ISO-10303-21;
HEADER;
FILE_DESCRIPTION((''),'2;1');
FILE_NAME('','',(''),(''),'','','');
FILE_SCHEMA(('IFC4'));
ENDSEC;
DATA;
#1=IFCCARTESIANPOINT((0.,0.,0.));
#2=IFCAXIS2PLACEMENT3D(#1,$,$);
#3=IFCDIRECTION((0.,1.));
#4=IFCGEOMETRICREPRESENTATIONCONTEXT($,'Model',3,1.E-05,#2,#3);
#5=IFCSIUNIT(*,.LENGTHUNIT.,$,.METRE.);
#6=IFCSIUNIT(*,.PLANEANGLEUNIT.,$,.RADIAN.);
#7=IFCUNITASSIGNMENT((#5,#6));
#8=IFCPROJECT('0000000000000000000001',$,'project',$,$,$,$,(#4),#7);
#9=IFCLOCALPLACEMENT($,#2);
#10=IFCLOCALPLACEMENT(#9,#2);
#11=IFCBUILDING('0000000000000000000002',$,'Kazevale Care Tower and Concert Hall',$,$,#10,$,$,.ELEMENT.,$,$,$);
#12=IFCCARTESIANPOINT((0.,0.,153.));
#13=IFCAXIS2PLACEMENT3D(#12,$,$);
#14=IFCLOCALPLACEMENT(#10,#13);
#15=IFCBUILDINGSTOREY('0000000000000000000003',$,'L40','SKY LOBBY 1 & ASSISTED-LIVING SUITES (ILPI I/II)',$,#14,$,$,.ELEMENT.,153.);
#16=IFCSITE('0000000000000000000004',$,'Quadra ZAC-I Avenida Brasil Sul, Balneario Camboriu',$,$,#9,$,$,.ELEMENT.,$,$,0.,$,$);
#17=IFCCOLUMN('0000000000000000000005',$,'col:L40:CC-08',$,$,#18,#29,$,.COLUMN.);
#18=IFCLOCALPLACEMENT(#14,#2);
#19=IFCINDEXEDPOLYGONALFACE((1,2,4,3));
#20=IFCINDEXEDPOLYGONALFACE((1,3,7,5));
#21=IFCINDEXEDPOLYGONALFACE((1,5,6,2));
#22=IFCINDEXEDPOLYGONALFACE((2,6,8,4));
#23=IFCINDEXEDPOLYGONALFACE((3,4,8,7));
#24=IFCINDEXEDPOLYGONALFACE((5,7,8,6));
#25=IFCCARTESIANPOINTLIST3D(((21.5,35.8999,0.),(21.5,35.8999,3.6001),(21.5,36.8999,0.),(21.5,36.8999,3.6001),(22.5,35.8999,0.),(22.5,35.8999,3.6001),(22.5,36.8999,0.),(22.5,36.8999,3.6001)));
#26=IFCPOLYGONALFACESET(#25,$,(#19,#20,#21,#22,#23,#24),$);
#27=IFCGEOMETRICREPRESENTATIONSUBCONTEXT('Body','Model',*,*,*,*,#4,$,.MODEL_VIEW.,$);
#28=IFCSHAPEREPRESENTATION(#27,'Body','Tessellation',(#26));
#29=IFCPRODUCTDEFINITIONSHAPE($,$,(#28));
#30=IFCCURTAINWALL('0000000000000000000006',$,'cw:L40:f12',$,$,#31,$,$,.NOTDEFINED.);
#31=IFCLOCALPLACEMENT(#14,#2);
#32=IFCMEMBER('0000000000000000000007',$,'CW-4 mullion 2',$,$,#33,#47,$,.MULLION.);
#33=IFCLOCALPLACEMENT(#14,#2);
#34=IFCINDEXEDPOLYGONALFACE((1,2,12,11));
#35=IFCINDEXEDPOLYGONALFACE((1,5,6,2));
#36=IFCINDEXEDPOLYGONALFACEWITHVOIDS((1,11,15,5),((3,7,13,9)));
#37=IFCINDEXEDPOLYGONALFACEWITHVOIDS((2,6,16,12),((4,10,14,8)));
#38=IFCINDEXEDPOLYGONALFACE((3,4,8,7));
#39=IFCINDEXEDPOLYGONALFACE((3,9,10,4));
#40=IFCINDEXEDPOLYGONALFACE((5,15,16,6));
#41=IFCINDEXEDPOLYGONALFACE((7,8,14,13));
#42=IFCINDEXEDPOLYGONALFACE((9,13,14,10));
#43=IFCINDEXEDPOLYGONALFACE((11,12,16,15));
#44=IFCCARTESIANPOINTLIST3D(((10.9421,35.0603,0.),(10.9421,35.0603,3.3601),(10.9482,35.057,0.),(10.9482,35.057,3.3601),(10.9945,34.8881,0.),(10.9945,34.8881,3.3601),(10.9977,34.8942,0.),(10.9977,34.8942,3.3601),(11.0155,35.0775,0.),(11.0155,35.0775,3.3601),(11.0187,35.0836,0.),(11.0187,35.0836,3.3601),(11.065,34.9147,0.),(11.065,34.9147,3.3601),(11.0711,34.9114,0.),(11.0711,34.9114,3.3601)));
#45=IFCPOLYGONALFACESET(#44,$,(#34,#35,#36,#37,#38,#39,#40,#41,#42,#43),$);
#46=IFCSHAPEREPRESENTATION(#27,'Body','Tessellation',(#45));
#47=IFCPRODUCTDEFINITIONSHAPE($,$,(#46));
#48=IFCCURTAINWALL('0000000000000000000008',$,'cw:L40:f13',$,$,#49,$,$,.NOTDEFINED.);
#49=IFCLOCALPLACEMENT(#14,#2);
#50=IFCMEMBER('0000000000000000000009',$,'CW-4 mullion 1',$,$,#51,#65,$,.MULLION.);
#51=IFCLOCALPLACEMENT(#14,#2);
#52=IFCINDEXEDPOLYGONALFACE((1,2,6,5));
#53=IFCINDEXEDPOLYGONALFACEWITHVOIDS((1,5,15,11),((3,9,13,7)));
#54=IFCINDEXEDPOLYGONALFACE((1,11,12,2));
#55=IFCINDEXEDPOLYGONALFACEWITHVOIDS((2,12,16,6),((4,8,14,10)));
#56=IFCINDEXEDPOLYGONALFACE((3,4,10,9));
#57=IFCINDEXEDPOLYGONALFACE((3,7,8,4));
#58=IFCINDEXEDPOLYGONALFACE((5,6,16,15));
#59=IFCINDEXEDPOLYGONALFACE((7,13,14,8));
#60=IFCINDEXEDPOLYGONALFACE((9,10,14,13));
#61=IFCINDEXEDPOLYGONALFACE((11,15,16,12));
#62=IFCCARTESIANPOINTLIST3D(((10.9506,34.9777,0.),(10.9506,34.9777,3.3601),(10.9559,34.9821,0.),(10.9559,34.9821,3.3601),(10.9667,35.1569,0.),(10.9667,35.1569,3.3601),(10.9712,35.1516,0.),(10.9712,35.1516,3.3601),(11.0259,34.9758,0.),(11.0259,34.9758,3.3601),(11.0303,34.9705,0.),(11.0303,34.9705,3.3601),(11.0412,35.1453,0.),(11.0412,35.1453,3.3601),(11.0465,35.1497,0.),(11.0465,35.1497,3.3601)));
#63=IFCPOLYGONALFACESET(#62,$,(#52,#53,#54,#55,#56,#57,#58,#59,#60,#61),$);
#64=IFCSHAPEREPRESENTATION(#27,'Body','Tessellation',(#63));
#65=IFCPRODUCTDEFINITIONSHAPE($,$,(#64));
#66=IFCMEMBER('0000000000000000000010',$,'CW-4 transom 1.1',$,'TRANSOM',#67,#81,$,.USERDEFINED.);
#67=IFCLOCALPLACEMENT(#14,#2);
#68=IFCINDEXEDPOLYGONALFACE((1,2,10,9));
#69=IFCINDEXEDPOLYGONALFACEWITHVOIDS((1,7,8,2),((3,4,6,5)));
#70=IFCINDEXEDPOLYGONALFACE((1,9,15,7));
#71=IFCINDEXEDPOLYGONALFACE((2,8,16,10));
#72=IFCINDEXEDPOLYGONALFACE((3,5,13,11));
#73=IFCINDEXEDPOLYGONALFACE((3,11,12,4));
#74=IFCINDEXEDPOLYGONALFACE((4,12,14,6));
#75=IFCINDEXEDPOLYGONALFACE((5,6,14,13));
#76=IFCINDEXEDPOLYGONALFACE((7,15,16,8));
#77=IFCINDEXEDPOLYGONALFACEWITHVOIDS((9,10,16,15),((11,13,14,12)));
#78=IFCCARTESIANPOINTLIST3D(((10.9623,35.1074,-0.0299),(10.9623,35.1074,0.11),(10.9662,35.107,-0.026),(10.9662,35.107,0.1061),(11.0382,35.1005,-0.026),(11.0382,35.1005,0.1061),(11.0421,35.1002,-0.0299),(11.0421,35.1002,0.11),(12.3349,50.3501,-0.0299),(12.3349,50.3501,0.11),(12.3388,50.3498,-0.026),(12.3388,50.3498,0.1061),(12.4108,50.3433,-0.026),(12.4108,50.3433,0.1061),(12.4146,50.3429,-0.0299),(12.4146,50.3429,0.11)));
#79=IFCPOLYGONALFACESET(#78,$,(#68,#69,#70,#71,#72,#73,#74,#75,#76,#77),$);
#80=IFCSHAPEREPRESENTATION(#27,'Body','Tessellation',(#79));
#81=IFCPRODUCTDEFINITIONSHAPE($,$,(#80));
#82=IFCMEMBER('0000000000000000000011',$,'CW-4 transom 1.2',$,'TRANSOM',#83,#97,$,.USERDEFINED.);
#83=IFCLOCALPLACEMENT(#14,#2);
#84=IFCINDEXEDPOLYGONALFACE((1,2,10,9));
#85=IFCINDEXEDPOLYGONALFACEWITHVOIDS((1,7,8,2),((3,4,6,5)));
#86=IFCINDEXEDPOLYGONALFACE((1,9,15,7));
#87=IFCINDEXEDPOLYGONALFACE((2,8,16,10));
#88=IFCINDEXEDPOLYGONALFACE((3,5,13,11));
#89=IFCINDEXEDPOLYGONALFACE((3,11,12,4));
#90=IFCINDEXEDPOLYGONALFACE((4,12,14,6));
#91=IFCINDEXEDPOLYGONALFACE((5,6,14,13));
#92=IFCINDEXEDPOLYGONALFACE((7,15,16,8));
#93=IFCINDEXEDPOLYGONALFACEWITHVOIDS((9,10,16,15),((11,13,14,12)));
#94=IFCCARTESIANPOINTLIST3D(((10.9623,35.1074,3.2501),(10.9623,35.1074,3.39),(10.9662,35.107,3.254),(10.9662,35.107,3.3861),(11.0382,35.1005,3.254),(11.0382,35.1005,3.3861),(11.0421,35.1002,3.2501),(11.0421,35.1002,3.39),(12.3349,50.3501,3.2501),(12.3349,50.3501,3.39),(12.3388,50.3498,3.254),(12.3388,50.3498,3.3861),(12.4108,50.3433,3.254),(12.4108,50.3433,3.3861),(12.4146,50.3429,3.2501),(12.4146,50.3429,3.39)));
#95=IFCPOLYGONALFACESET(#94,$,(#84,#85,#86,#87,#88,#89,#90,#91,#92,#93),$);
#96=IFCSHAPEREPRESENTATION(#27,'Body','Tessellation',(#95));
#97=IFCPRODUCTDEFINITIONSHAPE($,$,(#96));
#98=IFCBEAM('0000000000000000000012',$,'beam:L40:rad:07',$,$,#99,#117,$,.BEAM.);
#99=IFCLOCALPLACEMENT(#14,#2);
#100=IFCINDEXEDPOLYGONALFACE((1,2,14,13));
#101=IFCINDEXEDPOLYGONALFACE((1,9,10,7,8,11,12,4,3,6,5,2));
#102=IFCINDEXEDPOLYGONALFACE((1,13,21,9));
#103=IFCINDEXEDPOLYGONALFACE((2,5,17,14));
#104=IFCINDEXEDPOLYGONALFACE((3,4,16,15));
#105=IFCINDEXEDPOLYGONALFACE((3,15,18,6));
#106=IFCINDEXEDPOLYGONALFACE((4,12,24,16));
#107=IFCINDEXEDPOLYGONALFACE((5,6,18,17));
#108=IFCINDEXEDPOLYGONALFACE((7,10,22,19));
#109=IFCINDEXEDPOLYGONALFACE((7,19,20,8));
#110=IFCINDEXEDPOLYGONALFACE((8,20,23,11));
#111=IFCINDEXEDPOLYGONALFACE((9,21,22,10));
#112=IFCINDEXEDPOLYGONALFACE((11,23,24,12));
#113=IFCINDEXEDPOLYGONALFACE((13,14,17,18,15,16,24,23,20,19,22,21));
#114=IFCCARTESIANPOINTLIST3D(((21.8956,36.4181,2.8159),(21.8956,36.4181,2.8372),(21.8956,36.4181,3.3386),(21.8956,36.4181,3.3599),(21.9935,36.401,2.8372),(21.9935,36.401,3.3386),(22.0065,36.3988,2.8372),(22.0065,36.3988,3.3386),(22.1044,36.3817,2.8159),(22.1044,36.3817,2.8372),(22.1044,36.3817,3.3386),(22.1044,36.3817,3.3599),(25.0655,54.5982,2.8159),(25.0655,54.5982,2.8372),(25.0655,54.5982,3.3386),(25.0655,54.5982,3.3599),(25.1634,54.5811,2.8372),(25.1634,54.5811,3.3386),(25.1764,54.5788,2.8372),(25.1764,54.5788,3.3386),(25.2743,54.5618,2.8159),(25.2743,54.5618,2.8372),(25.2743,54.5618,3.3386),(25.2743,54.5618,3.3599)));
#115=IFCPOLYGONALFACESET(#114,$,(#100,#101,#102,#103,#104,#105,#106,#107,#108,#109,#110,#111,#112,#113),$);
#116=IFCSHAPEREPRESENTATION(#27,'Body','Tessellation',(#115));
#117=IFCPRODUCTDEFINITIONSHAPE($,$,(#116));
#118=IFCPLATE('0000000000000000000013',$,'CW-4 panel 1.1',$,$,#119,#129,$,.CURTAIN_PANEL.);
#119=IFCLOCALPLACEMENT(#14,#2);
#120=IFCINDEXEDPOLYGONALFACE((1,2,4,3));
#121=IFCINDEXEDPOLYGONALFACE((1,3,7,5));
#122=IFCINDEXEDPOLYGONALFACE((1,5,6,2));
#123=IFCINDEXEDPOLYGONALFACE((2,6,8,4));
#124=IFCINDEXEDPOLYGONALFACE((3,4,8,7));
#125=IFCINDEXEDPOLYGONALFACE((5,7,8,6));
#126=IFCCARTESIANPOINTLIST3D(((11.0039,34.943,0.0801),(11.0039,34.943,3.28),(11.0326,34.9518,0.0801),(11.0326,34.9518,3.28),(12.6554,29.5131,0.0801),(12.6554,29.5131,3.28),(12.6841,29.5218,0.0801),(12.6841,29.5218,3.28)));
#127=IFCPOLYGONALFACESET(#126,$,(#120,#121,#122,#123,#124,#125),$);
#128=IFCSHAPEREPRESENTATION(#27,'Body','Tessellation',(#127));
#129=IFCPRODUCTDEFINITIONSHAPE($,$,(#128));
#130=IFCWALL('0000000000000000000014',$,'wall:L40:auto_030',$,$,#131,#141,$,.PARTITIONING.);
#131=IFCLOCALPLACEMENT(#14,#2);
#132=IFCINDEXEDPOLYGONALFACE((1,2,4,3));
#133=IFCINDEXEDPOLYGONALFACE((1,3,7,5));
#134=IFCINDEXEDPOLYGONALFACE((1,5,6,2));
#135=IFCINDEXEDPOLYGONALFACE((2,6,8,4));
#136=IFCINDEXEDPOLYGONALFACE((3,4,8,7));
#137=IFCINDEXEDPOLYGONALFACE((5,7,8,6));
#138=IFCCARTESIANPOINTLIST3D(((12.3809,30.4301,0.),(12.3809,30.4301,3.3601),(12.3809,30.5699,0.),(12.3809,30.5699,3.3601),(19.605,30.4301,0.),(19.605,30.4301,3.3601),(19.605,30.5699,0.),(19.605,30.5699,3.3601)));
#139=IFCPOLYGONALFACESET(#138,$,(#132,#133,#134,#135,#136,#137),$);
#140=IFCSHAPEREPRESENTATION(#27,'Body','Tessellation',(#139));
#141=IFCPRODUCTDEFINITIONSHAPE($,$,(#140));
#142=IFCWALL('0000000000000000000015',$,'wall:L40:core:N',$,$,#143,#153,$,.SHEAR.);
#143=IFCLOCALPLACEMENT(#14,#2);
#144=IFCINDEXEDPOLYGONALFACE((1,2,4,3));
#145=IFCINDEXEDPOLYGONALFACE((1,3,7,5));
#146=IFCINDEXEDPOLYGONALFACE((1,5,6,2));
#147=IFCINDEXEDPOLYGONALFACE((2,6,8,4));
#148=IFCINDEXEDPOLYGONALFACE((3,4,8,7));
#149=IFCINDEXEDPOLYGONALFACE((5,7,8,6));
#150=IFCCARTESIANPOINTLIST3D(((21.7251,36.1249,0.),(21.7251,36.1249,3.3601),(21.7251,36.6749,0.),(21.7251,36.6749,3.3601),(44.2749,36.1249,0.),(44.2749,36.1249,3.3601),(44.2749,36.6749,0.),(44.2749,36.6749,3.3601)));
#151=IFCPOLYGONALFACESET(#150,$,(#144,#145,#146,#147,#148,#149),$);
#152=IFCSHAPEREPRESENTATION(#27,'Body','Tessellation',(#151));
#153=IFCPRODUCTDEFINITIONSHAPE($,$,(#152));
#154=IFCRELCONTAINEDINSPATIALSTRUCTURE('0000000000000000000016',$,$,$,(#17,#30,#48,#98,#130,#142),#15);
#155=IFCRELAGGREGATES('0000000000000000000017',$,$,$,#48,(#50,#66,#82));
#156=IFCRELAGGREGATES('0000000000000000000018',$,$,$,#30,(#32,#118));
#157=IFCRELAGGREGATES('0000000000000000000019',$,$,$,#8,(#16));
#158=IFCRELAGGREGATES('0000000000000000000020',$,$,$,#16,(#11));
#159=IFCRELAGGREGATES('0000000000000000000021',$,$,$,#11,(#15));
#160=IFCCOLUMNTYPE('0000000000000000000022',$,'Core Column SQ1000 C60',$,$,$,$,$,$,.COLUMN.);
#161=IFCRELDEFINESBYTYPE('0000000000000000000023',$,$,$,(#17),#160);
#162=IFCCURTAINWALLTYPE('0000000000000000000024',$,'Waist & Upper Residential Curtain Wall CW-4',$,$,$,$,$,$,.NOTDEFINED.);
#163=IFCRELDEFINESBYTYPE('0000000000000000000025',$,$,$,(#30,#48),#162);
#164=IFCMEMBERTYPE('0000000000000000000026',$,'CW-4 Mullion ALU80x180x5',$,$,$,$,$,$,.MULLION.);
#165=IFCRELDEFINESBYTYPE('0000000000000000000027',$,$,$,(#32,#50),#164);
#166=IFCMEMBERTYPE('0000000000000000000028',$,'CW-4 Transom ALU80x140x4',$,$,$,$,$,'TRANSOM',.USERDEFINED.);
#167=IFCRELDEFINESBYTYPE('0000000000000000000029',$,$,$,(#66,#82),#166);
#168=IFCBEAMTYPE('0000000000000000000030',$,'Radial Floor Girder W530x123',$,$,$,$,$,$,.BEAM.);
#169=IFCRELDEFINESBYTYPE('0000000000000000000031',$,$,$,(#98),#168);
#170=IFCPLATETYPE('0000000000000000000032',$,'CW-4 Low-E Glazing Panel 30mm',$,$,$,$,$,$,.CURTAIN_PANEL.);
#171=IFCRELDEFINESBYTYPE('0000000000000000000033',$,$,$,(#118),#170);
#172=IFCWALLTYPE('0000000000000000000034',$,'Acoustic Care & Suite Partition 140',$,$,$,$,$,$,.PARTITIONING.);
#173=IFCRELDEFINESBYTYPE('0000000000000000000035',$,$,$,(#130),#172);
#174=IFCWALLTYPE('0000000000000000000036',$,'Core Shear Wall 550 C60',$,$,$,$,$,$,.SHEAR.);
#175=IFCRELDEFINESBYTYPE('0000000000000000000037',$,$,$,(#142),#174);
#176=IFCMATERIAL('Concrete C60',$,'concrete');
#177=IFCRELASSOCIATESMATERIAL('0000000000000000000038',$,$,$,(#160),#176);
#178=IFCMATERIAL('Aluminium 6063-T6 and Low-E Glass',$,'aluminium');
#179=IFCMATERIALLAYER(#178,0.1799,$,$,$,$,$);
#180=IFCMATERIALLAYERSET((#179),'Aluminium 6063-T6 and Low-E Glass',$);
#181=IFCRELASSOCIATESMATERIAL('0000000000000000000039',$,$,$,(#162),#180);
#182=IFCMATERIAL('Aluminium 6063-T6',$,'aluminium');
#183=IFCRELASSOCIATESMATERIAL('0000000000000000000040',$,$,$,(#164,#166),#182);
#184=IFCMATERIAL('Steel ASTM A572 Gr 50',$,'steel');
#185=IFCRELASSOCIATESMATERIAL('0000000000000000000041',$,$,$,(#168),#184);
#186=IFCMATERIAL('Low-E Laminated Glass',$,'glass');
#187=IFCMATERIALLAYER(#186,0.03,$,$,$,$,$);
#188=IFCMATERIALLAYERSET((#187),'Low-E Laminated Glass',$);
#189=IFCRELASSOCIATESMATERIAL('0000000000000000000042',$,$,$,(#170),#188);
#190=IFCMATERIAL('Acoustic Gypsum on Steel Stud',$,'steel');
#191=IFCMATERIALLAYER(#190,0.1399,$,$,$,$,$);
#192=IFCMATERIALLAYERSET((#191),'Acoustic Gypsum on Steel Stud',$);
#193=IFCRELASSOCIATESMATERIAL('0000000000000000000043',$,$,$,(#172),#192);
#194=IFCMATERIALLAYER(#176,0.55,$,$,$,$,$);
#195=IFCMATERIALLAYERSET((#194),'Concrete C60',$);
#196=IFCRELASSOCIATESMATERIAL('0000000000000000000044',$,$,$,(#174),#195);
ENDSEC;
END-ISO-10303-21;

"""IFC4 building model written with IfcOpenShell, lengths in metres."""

from ifc_helpers import new_model, si_unit, direction, frame, frame_2d, origin, origin_2d, place, context, subcontext, project, spatial, rectangle, hollow_rectangle, i_section, extrude, material, layer, layer_set, material_profile, profile_set, type_object, element, aggregate, save


model = new_model("IFC4")

# Units and contexts
model_context = context("Model", 3, precision=1e-05, world=origin(), true_north=direction((0.0, 1.0)))
body_context = subcontext(model_context, "Body", "Model", "MODEL_VIEW")
ifc_project = project(units=[si_unit("LENGTHUNIT", "METRE"), si_unit("PLANEANGLEUNIT", "RADIAN")], contexts=[model_context])

# Site, building, storey
site_placement = place(None, origin())
site = spatial("IfcSite", under=ifc_project, at=site_placement, Name="Quadra ZAC-I Avenida Brasil Sul, Balneario Camboriu", CompositionType="ELEMENT", RefElevation=0.0)
building_placement = place(site_placement, origin())
building = spatial("IfcBuilding", under=site, at=building_placement, Name="Kazevale Care Tower and Concert Hall", CompositionType="ELEMENT")
storey_placement = place(building_placement, frame((0.0, 0.0, 153.0)))
storey = spatial("IfcBuildingStorey", under=building, at=storey_placement, Name="L40", Description="SKY LOBBY 1 & ASSISTED-LIVING SUITES (ILPI I/II)", CompositionType="ELEMENT", Elevation=153.0)

# Column
ifc_material_1 = material(Name="Concrete C60", Category="concrete")
ifc_material_profile_1 = material_profile(ifc_material_1, rectangle(XDim=1.0, YDim=1.0, at=origin_2d()), Name="RC-SQ1000")
ifc_profile_set_1 = profile_set([ifc_material_profile_1], Name="Concrete C60")
column_type = type_object("IfcColumnType", Name="Core Column SQ1000 C60", PredefinedType="COLUMN", material=ifc_profile_set_1)
column_placement = place(storey_placement, frame((22.0, 36.3999, 0.0), z_axis=(0.0, 0.0, 1.0), x_axis=(1.0, 0.0, 0.0)))
element("IfcColumn", 1, at=column_placement, inside=storey, type_object=column_type, Name="col:L40:CC-08", PredefinedType="COLUMN", context=body_context, shape_type="SweptSolid", body=[
    extrude(rectangle(XDim=1.0, YDim=1.0, at=origin_2d()), origin(), (0.0, 0.0, 1.0), 3.6001),
])

# Curtain wall, member
ifc_material_2 = material(Name="Aluminium 6063-T6 and Low-E Glass", Category="aluminium")
ifc_layer_1 = layer(ifc_material_2, 0.1799)
ifc_layer_set_1 = layer_set([ifc_layer_1], Name="Aluminium 6063-T6 and Low-E Glass")
curtain_wall_type = type_object("IfcCurtainWallType", Name="Waist & Upper Residential Curtain Wall CW-4", PredefinedType="NOTDEFINED", material=ifc_layer_set_1)
curtain_wall_1_placement = place(storey_placement, origin())
curtain_wall_1 = element("IfcCurtainWall", 2, at=curtain_wall_1_placement, inside=storey, type_object=curtain_wall_type, Name="cw:L40:f12", PredefinedType="NOTDEFINED")
ifc_material_3 = material(Name="Aluminium 6063-T6", Category="aluminium")
ifc_material_profile_2 = material_profile(ifc_material_3, hollow_rectangle(XDim=0.0801, YDim=0.1799, WallThickness=0.0049, at=origin_2d()), Name="ALU80x180x5")
ifc_profile_set_2 = profile_set([ifc_material_profile_2], Name="Aluminium 6063-T6")
member_type_1 = type_object("IfcMemberType", Name="CW-4 Mullion ALU80x180x5", PredefinedType="MULLION", material=ifc_profile_set_2)
member_1_placement = place(storey_placement, frame((11.0066, 34.9858, 0.0), z_axis=(0.0, 0.0, 1.0), x_axis=(-0.95673, -0.290977, 0.0)))
member_1 = element("IfcMember", 3, at=member_1_placement, type_object=member_type_1, Name="CW-4 mullion 2", PredefinedType="MULLION", context=body_context, shape_type="SweptSolid", body=[
    extrude(hollow_rectangle(XDim=0.0801, YDim=0.1799, WallThickness=0.0049, at=origin_2d()), origin(), (0.0, 0.0, 1.0), 3.3601),
])

# Curtain wall, members
curtain_wall_2_placement = place(storey_placement, origin())
curtain_wall_2 = element("IfcCurtainWall", 4, at=curtain_wall_2_placement, inside=storey, type_object=curtain_wall_type, Name="cw:L40:f13", PredefinedType="NOTDEFINED")
member_2_placement = place(storey_placement, frame((10.9985, 35.0637, 0.0), z_axis=(0.0, 0.0, 1.0), x_axis=(-0.99597, 0.08969, 0.0)))
member_2 = element("IfcMember", 5, at=member_2_placement, type_object=member_type_1, Name="CW-4 mullion 1", PredefinedType="MULLION", context=body_context, shape_type="SweptSolid", body=[
    extrude(hollow_rectangle(XDim=0.0801, YDim=0.1799, WallThickness=0.0049, at=origin_2d()), origin(), (0.0, 0.0, 1.0), 3.3601),
])
ifc_material_profile_3 = material_profile(ifc_material_3, hollow_rectangle(XDim=0.0801, YDim=0.1399, WallThickness=0.0039, at=origin_2d()), Name="ALU80x140x4")
ifc_profile_set_3 = profile_set([ifc_material_profile_3], Name="Aluminium 6063-T6")
member_type_2 = type_object("IfcMemberType", Name="CW-4 Transom ALU80x140x4", ElementType="TRANSOM", PredefinedType="USERDEFINED", material=ifc_profile_set_3)
member_3_placement = place(storey_placement, frame((11.0022, 35.1038, 0.04), z_axis=(0.089684, 0.99597, 0.0), x_axis=(-0.99597, 0.089684, 0.0)))
member_3 = element("IfcMember", 6, at=member_3_placement, type_object=member_type_2, Name="CW-4 transom 1.1", ObjectType="TRANSOM", PredefinedType="USERDEFINED", context=body_context, shape_type="SweptSolid", body=[
    extrude(hollow_rectangle(XDim=0.0801, YDim=0.1399, WallThickness=0.0039, at=origin_2d()), origin(), (0.0, 0.0, 1.0), 15.3044),
])
member_4_placement = place(storey_placement, frame((11.0022, 35.1038, 3.3201), z_axis=(0.089684, 0.99597, 0.0), x_axis=(-0.99597, 0.089684, 0.0)))
member_4 = element("IfcMember", 7, at=member_4_placement, type_object=member_type_2, Name="CW-4 transom 1.2", ObjectType="TRANSOM", PredefinedType="USERDEFINED", context=body_context, shape_type="SweptSolid", body=[
    extrude(hollow_rectangle(XDim=0.0801, YDim=0.1399, WallThickness=0.0039, at=origin_2d()), origin(), (0.0, 0.0, 1.0), 15.3044),
])
aggregate(curtain_wall_2, [member_2, member_3, member_4])

# Beam
ifc_material_4 = material(Name="Steel ASTM A572 Gr 50", Category="steel")
ifc_material_profile_4 = material_profile(ifc_material_4, i_section(OverallWidth=0.2119, OverallDepth=0.5439, WebThickness=0.0132, FlangeThickness=0.0212, at=origin_2d()), Name="W530x123")
ifc_profile_set_4 = profile_set([ifc_material_profile_4], Name="Steel ASTM A572 Gr 50")
beam_type = type_object("IfcBeamType", Name="Radial Floor Girder W530x123", PredefinedType="BEAM", material=ifc_profile_set_4)
beam_placement = place(storey_placement, frame((22.0, 36.3999, 3.0879), z_axis=(0.17177, 0.985137, 0.0), x_axis=(-0.985137, 0.17177, 0.0)))
element("IfcBeam", 8, at=beam_placement, inside=storey, type_object=beam_type, Name="beam:L40:rad:07", PredefinedType="BEAM", context=body_context, shape_type="SweptSolid", body=[
    extrude(i_section(OverallWidth=0.2119, OverallDepth=0.5439, WebThickness=0.0132, FlangeThickness=0.0212, at=origin_2d()), origin(), (0.0, 0.0, 1.0), 18.4543),
])

# Plate
ifc_material_5 = material(Name="Low-E Laminated Glass", Category="glass")
ifc_layer_2 = layer(ifc_material_5, 0.03)
ifc_layer_set_2 = layer_set([ifc_layer_2], Name="Low-E Laminated Glass")
plate_type = type_object("IfcPlateType", Name="CW-4 Low-E Glazing Panel 30mm", PredefinedType="CURTAIN_PANEL", material=ifc_layer_set_2)
plate_placement = place(storey_placement, frame((11.844, 32.2324, 0.0801), z_axis=(0.0, 0.0, 1.0), x_axis=(-0.290977, 0.95673, 0.0)))
plate = element("IfcPlate", 9, at=plate_placement, type_object=plate_type, Name="CW-4 panel 1.1", PredefinedType="CURTAIN_PANEL", context=body_context, shape_type="SweptSolid", body=[
    extrude(rectangle(XDim=5.6755, YDim=0.03, at=origin_2d()), origin(), (0.0, 0.0, 1.0), 3.2),
])
aggregate(curtain_wall_1, [member_1, plate])

# Walls
ifc_material_6 = material(Name="Acoustic Gypsum on Steel Stud", Category="steel")
ifc_layer_3 = layer(ifc_material_6, 0.1399)
ifc_layer_set_3 = layer_set([ifc_layer_3], Name="Acoustic Gypsum on Steel Stud")
wall_type_1 = type_object("IfcWallType", Name="Acoustic Care & Suite Partition 140", PredefinedType="PARTITIONING", material=ifc_layer_set_3)
wall_1_placement = place(storey_placement, frame((12.3809, 30.5, 0.0), z_axis=(0.0, 0.0, 1.0), x_axis=(1.0, 0.0, 0.0)))
element("IfcWall", 10, at=wall_1_placement, inside=storey, type_object=wall_type_1, Name="wall:L40:auto_030", PredefinedType="PARTITIONING", context=body_context, shape_type="SweptSolid", body=[
    extrude(rectangle(XDim=7.2241, YDim=0.1399, at=frame_2d((3.6121, 0.0))), origin(), (0.0, 0.0, 1.0), 3.3601),
])
ifc_layer_4 = layer(ifc_material_1, 0.55)
ifc_layer_set_4 = layer_set([ifc_layer_4], Name="Concrete C60")
wall_type_2 = type_object("IfcWallType", Name="Core Shear Wall 550 C60", PredefinedType="SHEAR", material=ifc_layer_set_4)
wall_2_placement = place(storey_placement, frame((21.7251, 36.3999, 0.0), z_axis=(0.0, 0.0, 1.0), x_axis=(1.0, 0.0, 0.0)))
element("IfcWall", 11, at=wall_2_placement, inside=storey, type_object=wall_type_2, Name="wall:L40:core:N", PredefinedType="SHEAR", context=body_context, shape_type="SweptSolid", body=[
    extrude(rectangle(XDim=22.5498, YDim=0.55, at=frame_2d((11.2749, 0.0))), origin(), (0.0, 0.0, 1.0), 3.3601),
])

save(model, "model.ifc")
